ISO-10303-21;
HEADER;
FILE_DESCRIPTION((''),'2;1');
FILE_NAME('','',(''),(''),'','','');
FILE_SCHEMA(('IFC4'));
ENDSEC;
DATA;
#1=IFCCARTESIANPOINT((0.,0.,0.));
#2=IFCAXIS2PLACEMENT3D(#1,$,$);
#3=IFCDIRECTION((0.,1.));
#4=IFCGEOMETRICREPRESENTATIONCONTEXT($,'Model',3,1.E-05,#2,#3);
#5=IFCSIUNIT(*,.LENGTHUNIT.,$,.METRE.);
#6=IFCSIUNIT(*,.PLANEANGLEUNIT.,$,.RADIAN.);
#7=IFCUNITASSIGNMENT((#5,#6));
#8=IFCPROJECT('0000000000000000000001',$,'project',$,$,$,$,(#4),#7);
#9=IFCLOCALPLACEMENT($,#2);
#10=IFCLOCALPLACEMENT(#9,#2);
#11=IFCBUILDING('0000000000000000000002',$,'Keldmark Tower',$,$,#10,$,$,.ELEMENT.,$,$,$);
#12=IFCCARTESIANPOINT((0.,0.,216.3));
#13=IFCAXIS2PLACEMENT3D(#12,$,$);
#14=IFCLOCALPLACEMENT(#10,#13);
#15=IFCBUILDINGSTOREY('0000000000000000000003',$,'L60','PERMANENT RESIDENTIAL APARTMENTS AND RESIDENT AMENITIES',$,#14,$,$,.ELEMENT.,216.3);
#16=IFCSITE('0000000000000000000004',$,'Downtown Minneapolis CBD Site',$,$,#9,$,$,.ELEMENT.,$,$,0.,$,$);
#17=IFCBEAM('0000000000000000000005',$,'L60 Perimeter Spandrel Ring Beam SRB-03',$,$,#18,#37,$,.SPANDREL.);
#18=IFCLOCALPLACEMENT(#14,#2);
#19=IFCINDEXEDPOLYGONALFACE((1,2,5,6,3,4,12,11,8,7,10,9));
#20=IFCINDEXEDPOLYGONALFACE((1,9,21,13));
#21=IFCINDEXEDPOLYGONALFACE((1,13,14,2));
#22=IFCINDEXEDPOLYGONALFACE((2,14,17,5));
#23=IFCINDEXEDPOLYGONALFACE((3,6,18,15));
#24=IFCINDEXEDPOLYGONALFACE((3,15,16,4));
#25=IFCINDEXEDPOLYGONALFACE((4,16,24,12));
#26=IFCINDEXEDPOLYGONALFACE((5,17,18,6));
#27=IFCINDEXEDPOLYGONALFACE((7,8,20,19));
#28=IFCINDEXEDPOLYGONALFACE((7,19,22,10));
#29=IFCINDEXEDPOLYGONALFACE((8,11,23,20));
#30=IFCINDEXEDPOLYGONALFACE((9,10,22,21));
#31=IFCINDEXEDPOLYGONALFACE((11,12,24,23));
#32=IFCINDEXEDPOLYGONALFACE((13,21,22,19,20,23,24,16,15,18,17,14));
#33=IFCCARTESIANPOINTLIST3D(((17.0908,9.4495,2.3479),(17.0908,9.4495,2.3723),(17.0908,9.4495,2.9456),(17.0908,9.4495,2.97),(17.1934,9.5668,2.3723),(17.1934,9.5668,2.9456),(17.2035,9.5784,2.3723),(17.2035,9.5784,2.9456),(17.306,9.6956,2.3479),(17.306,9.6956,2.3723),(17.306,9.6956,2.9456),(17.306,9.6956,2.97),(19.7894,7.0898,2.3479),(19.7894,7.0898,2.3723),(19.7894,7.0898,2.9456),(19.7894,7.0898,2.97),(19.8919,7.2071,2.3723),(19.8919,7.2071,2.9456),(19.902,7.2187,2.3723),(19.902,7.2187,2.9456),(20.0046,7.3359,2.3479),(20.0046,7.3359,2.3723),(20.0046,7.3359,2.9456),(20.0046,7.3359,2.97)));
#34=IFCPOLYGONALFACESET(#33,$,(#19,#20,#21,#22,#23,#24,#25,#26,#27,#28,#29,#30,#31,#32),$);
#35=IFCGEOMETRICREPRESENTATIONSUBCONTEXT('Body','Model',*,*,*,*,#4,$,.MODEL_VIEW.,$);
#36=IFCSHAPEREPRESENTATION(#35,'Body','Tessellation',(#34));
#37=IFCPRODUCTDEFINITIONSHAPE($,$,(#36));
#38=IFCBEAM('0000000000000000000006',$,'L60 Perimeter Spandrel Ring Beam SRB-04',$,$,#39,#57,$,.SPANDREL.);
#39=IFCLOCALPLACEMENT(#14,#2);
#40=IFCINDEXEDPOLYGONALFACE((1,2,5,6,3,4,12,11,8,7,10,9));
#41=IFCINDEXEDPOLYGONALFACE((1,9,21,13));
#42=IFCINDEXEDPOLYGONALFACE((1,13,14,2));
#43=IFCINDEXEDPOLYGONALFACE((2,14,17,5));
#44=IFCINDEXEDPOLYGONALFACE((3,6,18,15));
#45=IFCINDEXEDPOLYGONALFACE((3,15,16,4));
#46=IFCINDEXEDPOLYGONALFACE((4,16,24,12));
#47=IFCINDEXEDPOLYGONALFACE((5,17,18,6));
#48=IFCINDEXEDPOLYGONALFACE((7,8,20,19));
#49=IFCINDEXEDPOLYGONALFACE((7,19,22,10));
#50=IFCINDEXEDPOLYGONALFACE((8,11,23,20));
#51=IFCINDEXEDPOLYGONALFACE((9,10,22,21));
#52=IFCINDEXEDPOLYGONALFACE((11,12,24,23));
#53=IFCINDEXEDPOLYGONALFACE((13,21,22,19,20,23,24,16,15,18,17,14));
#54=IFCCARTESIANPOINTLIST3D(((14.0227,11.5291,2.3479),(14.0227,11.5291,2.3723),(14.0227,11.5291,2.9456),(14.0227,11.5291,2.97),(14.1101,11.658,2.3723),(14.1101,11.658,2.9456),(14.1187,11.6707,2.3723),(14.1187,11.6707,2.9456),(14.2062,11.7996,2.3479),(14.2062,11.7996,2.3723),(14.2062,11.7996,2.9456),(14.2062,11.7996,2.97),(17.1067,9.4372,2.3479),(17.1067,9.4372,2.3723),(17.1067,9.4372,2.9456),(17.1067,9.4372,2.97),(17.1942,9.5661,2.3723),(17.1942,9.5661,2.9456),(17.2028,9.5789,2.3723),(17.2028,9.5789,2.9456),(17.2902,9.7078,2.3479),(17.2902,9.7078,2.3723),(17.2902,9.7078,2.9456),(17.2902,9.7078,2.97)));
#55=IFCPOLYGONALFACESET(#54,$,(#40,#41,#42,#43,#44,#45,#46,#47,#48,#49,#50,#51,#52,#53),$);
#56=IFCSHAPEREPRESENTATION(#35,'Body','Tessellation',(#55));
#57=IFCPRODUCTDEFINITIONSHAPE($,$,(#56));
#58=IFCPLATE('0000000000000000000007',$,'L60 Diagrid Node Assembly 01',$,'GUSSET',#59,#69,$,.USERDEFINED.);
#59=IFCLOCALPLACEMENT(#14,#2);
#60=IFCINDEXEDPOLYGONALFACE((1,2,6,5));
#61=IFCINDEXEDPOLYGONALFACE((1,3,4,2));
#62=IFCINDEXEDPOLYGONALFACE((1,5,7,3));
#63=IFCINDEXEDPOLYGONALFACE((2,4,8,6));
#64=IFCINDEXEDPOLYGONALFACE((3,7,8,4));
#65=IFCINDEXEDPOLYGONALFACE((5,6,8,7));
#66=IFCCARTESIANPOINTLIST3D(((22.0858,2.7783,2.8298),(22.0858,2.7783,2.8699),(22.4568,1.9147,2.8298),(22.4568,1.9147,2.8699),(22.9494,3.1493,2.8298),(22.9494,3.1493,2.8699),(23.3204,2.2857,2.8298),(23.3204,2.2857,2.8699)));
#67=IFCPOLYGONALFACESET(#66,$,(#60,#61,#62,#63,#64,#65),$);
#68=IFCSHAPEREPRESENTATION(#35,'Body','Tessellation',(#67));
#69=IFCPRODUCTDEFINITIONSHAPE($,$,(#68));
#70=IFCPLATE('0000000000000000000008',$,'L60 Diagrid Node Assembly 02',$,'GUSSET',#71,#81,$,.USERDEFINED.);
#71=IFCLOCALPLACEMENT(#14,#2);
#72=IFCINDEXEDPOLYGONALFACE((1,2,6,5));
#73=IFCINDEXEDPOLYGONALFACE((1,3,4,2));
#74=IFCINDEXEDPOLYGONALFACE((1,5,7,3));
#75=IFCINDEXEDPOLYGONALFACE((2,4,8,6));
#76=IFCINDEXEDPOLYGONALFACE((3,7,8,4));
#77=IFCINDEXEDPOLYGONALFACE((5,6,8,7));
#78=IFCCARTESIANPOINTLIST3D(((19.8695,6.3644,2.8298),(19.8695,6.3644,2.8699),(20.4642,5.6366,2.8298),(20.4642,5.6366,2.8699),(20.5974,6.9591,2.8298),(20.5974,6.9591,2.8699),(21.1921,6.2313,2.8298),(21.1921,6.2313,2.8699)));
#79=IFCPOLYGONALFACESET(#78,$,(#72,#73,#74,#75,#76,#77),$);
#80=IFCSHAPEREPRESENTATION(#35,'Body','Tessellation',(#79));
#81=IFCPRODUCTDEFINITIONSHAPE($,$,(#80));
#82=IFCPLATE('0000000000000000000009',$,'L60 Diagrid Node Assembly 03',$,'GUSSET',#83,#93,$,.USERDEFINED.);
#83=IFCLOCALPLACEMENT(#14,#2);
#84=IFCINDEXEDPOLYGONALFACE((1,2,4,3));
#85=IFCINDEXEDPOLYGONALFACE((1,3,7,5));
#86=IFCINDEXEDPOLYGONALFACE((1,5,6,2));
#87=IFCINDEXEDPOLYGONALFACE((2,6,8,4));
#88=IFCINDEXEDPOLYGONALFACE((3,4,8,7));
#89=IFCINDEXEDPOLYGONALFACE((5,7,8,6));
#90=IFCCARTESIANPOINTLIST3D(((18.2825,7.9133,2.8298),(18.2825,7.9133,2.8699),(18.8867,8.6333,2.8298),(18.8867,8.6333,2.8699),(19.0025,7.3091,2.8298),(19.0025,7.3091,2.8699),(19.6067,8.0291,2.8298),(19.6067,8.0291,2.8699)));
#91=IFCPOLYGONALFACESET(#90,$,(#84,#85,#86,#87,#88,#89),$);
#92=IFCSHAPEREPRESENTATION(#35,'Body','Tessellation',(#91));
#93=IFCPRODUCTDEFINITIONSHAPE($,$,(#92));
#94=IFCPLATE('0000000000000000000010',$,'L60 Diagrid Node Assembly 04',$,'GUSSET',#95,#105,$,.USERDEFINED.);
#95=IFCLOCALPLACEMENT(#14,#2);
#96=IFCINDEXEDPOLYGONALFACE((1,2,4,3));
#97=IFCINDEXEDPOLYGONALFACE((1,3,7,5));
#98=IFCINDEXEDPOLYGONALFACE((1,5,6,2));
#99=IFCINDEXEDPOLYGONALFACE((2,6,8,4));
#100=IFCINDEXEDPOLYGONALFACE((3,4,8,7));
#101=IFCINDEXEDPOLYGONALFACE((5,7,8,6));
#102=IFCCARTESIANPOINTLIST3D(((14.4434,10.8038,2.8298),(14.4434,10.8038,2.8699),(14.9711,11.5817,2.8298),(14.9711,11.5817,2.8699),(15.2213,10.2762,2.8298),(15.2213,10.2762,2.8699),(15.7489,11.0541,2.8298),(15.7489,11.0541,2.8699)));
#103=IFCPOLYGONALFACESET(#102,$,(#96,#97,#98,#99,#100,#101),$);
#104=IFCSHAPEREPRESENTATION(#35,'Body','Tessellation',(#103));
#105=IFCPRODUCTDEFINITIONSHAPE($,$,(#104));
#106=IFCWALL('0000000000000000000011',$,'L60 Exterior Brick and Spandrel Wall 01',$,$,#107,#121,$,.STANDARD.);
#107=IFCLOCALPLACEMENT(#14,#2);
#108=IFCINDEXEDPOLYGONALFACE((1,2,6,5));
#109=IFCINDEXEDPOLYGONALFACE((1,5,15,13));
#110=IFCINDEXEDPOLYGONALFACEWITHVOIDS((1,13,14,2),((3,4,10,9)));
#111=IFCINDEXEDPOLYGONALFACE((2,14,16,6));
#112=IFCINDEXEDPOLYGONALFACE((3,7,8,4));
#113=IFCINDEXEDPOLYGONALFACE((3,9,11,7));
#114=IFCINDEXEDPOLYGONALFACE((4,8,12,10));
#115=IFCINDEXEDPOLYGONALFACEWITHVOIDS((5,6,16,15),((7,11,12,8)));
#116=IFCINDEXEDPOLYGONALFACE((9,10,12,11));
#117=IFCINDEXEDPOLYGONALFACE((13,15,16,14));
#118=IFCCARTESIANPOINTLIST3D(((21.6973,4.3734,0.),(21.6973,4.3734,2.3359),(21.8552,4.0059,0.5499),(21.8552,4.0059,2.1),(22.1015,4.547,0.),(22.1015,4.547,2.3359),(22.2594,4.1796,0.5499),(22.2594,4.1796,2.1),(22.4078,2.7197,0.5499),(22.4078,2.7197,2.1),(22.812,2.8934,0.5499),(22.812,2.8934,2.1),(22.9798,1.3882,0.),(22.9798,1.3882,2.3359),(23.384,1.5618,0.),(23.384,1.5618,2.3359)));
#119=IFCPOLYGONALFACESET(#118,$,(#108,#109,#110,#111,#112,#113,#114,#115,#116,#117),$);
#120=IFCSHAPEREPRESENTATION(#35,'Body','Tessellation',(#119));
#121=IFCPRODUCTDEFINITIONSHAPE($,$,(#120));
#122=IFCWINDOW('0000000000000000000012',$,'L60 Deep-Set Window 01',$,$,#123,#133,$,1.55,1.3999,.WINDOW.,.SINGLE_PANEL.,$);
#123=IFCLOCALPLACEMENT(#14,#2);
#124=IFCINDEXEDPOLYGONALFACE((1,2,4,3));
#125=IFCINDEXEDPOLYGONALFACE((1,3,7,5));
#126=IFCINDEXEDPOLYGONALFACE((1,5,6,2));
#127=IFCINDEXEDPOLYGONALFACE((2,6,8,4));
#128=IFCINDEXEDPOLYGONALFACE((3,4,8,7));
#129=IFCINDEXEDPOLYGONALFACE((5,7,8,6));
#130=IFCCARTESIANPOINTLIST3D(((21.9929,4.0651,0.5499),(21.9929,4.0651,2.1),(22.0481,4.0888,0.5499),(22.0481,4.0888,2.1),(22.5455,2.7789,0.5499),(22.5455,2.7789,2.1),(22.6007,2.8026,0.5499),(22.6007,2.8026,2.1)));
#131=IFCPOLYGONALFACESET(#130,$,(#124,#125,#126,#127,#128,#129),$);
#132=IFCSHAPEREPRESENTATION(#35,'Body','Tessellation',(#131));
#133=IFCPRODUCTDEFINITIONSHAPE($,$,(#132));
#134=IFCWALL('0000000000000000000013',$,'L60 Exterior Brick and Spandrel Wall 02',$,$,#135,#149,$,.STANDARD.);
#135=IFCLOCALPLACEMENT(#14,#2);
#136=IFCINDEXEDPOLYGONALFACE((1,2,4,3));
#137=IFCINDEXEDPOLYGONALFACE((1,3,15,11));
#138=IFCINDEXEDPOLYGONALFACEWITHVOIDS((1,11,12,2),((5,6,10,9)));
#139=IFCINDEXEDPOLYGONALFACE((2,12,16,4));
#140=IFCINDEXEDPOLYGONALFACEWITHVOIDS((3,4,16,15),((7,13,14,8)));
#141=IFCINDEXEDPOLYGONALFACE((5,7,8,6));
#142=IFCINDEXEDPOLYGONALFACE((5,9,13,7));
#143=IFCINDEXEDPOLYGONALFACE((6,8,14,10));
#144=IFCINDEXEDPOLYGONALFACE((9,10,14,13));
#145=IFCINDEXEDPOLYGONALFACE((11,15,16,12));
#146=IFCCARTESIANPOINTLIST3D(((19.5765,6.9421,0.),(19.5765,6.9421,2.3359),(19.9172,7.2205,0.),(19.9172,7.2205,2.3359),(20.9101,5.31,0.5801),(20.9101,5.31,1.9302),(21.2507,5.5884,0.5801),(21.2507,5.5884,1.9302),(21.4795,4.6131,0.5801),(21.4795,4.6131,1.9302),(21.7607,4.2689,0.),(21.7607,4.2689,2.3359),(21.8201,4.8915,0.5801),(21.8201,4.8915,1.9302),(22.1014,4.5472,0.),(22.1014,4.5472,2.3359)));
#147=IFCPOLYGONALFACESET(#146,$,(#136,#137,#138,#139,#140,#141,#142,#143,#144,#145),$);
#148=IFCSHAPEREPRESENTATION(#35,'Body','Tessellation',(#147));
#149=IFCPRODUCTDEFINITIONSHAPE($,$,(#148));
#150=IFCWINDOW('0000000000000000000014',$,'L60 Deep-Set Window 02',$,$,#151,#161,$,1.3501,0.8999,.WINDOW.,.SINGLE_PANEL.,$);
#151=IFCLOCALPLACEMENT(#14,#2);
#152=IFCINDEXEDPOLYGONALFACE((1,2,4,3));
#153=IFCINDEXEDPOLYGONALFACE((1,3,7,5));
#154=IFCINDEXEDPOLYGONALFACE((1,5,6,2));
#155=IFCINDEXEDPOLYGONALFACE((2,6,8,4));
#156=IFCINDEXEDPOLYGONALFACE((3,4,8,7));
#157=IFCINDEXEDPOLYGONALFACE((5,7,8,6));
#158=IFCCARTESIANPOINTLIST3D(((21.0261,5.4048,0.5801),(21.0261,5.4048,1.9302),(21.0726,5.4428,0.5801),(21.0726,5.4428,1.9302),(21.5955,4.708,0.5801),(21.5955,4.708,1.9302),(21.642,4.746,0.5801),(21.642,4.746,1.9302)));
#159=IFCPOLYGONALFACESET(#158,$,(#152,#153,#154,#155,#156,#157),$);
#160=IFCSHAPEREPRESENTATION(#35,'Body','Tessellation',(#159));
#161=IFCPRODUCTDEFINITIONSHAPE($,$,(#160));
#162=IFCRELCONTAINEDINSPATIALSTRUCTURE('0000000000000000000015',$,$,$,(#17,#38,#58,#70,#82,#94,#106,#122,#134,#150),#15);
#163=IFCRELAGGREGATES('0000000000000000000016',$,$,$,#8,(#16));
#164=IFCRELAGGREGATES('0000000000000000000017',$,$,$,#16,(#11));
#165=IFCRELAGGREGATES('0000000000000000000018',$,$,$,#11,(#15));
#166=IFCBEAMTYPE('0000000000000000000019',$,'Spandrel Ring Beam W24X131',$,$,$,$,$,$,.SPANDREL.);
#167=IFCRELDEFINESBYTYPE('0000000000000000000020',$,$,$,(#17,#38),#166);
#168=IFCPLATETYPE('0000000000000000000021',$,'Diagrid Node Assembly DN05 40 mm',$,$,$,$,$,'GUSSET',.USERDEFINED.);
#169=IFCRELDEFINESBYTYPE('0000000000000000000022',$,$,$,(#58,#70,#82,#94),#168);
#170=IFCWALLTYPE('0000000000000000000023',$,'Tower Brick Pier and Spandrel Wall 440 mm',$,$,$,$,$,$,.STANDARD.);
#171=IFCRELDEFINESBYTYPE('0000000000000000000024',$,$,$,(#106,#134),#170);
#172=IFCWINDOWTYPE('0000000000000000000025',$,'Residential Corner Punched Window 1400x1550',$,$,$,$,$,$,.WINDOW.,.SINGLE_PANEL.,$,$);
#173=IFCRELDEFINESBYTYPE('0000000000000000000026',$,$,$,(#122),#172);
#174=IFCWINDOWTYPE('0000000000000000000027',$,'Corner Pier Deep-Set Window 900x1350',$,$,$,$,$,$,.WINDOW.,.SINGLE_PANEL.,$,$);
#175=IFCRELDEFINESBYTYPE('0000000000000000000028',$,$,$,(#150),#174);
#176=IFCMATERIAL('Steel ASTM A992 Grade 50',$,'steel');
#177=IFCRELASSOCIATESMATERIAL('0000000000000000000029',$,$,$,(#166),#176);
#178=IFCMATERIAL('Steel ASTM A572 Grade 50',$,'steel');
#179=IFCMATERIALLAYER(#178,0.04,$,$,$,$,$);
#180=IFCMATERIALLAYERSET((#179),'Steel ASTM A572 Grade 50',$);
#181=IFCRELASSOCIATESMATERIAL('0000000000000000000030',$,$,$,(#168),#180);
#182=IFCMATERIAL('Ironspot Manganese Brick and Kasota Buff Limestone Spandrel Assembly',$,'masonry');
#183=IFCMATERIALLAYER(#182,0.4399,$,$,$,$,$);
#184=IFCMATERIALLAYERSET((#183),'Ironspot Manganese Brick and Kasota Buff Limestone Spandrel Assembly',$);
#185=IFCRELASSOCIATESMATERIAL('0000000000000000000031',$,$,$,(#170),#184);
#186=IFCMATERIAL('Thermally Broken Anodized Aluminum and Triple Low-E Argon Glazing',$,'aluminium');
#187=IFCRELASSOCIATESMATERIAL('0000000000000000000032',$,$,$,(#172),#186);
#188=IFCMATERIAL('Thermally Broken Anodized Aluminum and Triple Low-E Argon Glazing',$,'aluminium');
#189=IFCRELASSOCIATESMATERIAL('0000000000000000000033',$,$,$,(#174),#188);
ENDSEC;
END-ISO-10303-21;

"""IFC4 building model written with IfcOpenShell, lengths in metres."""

from ifc_helpers import new_model, si_unit, direction, frame, frame_2d, origin, origin_2d, place, context, subcontext, project, spatial, rectangle, i_section, extrude, material, layer, layer_set, material_profile, profile_set, type_object, element, fill, save


model = new_model("IFC4")

# Units and contexts
model_context = context("Model", 3, precision=1e-05, world=origin(), true_north=direction((0.0, 1.0)))
body_context = subcontext(model_context, "Body", "Model", "MODEL_VIEW")
ifc_project = project(units=[si_unit("LENGTHUNIT", "METRE"), si_unit("PLANEANGLEUNIT", "RADIAN")], contexts=[model_context])

# Site, building, storey
site_placement = place(None, origin())
site = spatial("IfcSite", under=ifc_project, at=site_placement, Name="Downtown Minneapolis CBD Site", CompositionType="ELEMENT", RefElevation=0.0)
building_placement = place(site_placement, origin())
building = spatial("IfcBuilding", under=site, at=building_placement, Name="Keldmark Tower", CompositionType="ELEMENT")
storey_placement = place(building_placement, frame((0.0, 0.0, 216.3)))
storey = spatial("IfcBuildingStorey", under=building, at=storey_placement, Name="L60", Description="PERMANENT RESIDENTIAL APARTMENTS AND RESIDENT AMENITIES", CompositionType="ELEMENT", Elevation=216.3)

# Beams
ifc_material_1 = material(Name="Steel ASTM A992 Grade 50", Category="steel")
ifc_material_profile_1 = material_profile(ifc_material_1, i_section(OverallWidth=0.3269, OverallDepth=0.6221, WebThickness=0.0154, FlangeThickness=0.0244, at=origin_2d()), Name="W24X131")
ifc_profile_set_1 = profile_set([ifc_material_profile_1], Name="Steel ASTM A992 Grade 50")
beam_type_1 = type_object("IfcBeamType", Name="Spandrel Ring Beam W24X131", PredefinedType="SPANDREL", material=ifc_profile_set_1)
beam_1_placement = place(storey_placement, frame((19.897, 7.2129, 2.6589), z_axis=(-0.752792, 0.658259, 0.0), x_axis=(-0.658259, -0.752792, 0.0)))
element("IfcBeam", 1, at=beam_1_placement, inside=storey, type_object=beam_type_1, Name="L60 Perimeter Spandrel Ring Beam SRB-03", PredefinedType="SPANDREL", context=body_context, shape_type="SweptSolid", body=[
    extrude(i_section(OverallWidth=0.3269, OverallDepth=0.6221, WebThickness=0.0154, FlangeThickness=0.0244, at=origin_2d()), origin(), (0.0, 0.0, 1.0), 3.5847),
])
beam_2_placement = place(storey_placement, frame((17.1985, 9.5725, 2.6589), z_axis=(-0.827589, 0.561335, 0.0), x_axis=(-0.561335, -0.827589, 0.0)))
element("IfcBeam", 2, at=beam_2_placement, inside=storey, type_object=beam_type_1, Name="L60 Perimeter Spandrel Ring Beam SRB-04", PredefinedType="SPANDREL", context=body_context, shape_type="SweptSolid", body=[
    extrude(i_section(OverallWidth=0.3269, OverallDepth=0.6221, WebThickness=0.0154, FlangeThickness=0.0244, at=origin_2d()), origin(), (0.0, 0.0, 1.0), 3.7266),
])

# Plates
ifc_material_2 = material(Name="Steel ASTM A572 Grade 50", Category="steel")
ifc_layer_1 = layer(ifc_material_2, 0.04)
ifc_layer_set_1 = layer_set([ifc_layer_1], Name="Steel ASTM A572 Grade 50")
plate_type = type_object("IfcPlateType", Name="Diagrid Node Assembly DN05 40 mm", ElementType="GUSSET", PredefinedType="USERDEFINED", material=ifc_layer_set_1)
for number, where, z_axis, x_axis, name in (
    (3, (22.7031, 2.532, 2.8298), (0.0, 0.0, 1.0), (-0.394744, 0.918791, 0.0), "L60 Diagrid Node Assembly 01"),
    (4, (20.5308, 6.2979, 2.8298), (0.0, 0.0, 1.0), (-0.632705, 0.774393, 0.0), "L60 Diagrid Node Assembly 02"),
    (5, (18.9446, 7.9712, 2.8298), (0.0, 0.0, 1.0), (-0.766044, 0.642788, 0.0), "L60 Diagrid Node Assembly 03"),
    (6, (15.0962, 10.929, 2.8298), (0.0, 0.0, 1.0), (-0.827571, 0.561361, 0.0), "L60 Diagrid Node Assembly 04"),
):
    element("IfcPlate", number, at=place(storey_placement, frame(where, z_axis=z_axis, x_axis=x_axis)), inside=storey, type_object=plate_type, Name=name, ObjectType="GUSSET", PredefinedType="USERDEFINED", context=body_context, shape_type="SweptSolid", body=[
        extrude(rectangle(XDim=0.9399, YDim=0.9399, at=origin_2d()), origin(), (0.0, 0.0, 1.0), 0.04),
    ])

# Walls, openings, windows
ifc_material_3 = material(Name="Ironspot Manganese Brick and Kasota Buff Limestone Spandrel Assembly", Category="masonry")
ifc_layer_2 = layer(ifc_material_3, 0.4399)
ifc_layer_set_2 = layer_set([ifc_layer_2], Name="Ironspot Manganese Brick and Kasota Buff Limestone Spandrel Assembly")
wall_type = type_object("IfcWallType", Name="Tower Brick Pier and Spandrel Wall 440 mm", PredefinedType="STANDARD", material=ifc_layer_set_2)
wall_1_placement = place(storey_placement, frame((21.8994, 4.4602, 0.0), z_axis=(0.0, 0.0, 1.0), x_axis=(0.394735, -0.918795, 0.0)))
wall_1 = element("IfcWall", 7, at=wall_1_placement, inside=storey, type_object=wall_type, Name="L60 Exterior Brick and Spandrel Wall 01", PredefinedType="STANDARD", context=body_context, shape_type="SweptSolid", body=[
    extrude(rectangle(XDim=3.249, YDim=0.4399, at=frame_2d((1.6245, 0.0))), origin(), (0.0, 0.0, 1.0), 2.3359),
])
opening_1_placement = place(wall_1_placement, frame((0.3999, 0.0, 0.55)))
opening_1 = element("IfcOpeningElement", 8, at=opening_1_placement, cuts=wall_1, PredefinedType="OPENING", context=body_context, shape_type="SweptSolid", body=[
    extrude(rectangle(XDim=1.3999, YDim=1.55, at=frame_2d((0.7, 0.7749))), frame((0.0, 0.23, 0.0), z_axis=(0.0, -1.0, 0.0), x_axis=(1.0, 0.0, 0.0)), (0.0, 0.0, 1.0), 0.46),
])
ifc_material_4 = material(Name="Thermally Broken Anodized Aluminum and Triple Low-E Argon Glazing", Category="aluminium")
window_type_1 = type_object("IfcWindowType", Name="Residential Corner Punched Window 1400x1550", PartitioningType="SINGLE_PANEL", PredefinedType="WINDOW", material=ifc_material_4)
window_1_placement = place(opening_1_placement, origin())
window_1 = element("IfcWindow", 9, at=window_1_placement, inside=storey, type_object=window_type_1, Name="L60 Deep-Set Window 01", OverallHeight=1.55, OverallWidth=1.3999, PartitioningType="SINGLE_PANEL", PredefinedType="WINDOW", context=body_context, shape_type="SweptSolid", body=[
    extrude(rectangle(XDim=1.3999, YDim=1.55, at=frame_2d((0.7, 0.7749))), frame((0.0, -0.01, 0.0), z_axis=(0.0, -1.0, 0.0), x_axis=(1.0, 0.0, 0.0)), (0.0, 0.0, 1.0), 0.0601),
])
fill(opening_1, window_1)
wall_2_placement = place(storey_placement, frame((19.7468, 7.0813, 0.0), z_axis=(0.0, 0.0, 1.0), x_axis=(0.632725, -0.774376, 0.0)))
wall_2 = element("IfcWall", 10, at=wall_2_placement, inside=storey, type_object=wall_type, Name="L60 Exterior Brick and Spandrel Wall 02", PredefinedType="STANDARD", context=body_context, shape_type="SweptSolid", body=[
    extrude(rectangle(XDim=3.4521, YDim=0.4399, at=frame_2d((1.7261, 0.0))), origin(), (0.0, 0.0, 1.0), 2.3359),
])
opening_2_placement = place(wall_2_placement, frame((2.1077, 0.0, 0.5801)))
opening_2 = element("IfcOpeningElement", 11, at=opening_2_placement, cuts=wall_2, PredefinedType="OPENING", context=body_context, shape_type="SweptSolid", body=[
    extrude(rectangle(XDim=0.8999, YDim=1.3501, at=frame_2d((0.45, 0.675))), frame((0.0, 0.23, 0.0), z_axis=(0.0, -1.0, 0.0), x_axis=(1.0, 0.0, 0.0)), (0.0, 0.0, 1.0), 0.46),
])
ifc_material_5 = material(Name="Thermally Broken Anodized Aluminum and Triple Low-E Argon Glazing", Category="aluminium")
window_type_2 = type_object("IfcWindowType", Name="Corner Pier Deep-Set Window 900x1350", PartitioningType="SINGLE_PANEL", PredefinedType="WINDOW", material=ifc_material_5)
window_2_placement = place(opening_2_placement, origin())
window_2 = element("IfcWindow", 12, at=window_2_placement, inside=storey, type_object=window_type_2, Name="L60 Deep-Set Window 02", OverallHeight=1.3501, OverallWidth=0.8999, PartitioningType="SINGLE_PANEL", PredefinedType="WINDOW", context=body_context, shape_type="SweptSolid", body=[
    extrude(rectangle(XDim=0.8999, YDim=1.3501, at=frame_2d((0.45, 0.675))), frame((0.0, -0.01, 0.0), z_axis=(0.0, -1.0, 0.0), x_axis=(1.0, 0.0, 0.0)), (0.0, 0.0, 1.0), 0.0601),
])
fill(opening_2, window_2)

save(model, "model.ifc")
